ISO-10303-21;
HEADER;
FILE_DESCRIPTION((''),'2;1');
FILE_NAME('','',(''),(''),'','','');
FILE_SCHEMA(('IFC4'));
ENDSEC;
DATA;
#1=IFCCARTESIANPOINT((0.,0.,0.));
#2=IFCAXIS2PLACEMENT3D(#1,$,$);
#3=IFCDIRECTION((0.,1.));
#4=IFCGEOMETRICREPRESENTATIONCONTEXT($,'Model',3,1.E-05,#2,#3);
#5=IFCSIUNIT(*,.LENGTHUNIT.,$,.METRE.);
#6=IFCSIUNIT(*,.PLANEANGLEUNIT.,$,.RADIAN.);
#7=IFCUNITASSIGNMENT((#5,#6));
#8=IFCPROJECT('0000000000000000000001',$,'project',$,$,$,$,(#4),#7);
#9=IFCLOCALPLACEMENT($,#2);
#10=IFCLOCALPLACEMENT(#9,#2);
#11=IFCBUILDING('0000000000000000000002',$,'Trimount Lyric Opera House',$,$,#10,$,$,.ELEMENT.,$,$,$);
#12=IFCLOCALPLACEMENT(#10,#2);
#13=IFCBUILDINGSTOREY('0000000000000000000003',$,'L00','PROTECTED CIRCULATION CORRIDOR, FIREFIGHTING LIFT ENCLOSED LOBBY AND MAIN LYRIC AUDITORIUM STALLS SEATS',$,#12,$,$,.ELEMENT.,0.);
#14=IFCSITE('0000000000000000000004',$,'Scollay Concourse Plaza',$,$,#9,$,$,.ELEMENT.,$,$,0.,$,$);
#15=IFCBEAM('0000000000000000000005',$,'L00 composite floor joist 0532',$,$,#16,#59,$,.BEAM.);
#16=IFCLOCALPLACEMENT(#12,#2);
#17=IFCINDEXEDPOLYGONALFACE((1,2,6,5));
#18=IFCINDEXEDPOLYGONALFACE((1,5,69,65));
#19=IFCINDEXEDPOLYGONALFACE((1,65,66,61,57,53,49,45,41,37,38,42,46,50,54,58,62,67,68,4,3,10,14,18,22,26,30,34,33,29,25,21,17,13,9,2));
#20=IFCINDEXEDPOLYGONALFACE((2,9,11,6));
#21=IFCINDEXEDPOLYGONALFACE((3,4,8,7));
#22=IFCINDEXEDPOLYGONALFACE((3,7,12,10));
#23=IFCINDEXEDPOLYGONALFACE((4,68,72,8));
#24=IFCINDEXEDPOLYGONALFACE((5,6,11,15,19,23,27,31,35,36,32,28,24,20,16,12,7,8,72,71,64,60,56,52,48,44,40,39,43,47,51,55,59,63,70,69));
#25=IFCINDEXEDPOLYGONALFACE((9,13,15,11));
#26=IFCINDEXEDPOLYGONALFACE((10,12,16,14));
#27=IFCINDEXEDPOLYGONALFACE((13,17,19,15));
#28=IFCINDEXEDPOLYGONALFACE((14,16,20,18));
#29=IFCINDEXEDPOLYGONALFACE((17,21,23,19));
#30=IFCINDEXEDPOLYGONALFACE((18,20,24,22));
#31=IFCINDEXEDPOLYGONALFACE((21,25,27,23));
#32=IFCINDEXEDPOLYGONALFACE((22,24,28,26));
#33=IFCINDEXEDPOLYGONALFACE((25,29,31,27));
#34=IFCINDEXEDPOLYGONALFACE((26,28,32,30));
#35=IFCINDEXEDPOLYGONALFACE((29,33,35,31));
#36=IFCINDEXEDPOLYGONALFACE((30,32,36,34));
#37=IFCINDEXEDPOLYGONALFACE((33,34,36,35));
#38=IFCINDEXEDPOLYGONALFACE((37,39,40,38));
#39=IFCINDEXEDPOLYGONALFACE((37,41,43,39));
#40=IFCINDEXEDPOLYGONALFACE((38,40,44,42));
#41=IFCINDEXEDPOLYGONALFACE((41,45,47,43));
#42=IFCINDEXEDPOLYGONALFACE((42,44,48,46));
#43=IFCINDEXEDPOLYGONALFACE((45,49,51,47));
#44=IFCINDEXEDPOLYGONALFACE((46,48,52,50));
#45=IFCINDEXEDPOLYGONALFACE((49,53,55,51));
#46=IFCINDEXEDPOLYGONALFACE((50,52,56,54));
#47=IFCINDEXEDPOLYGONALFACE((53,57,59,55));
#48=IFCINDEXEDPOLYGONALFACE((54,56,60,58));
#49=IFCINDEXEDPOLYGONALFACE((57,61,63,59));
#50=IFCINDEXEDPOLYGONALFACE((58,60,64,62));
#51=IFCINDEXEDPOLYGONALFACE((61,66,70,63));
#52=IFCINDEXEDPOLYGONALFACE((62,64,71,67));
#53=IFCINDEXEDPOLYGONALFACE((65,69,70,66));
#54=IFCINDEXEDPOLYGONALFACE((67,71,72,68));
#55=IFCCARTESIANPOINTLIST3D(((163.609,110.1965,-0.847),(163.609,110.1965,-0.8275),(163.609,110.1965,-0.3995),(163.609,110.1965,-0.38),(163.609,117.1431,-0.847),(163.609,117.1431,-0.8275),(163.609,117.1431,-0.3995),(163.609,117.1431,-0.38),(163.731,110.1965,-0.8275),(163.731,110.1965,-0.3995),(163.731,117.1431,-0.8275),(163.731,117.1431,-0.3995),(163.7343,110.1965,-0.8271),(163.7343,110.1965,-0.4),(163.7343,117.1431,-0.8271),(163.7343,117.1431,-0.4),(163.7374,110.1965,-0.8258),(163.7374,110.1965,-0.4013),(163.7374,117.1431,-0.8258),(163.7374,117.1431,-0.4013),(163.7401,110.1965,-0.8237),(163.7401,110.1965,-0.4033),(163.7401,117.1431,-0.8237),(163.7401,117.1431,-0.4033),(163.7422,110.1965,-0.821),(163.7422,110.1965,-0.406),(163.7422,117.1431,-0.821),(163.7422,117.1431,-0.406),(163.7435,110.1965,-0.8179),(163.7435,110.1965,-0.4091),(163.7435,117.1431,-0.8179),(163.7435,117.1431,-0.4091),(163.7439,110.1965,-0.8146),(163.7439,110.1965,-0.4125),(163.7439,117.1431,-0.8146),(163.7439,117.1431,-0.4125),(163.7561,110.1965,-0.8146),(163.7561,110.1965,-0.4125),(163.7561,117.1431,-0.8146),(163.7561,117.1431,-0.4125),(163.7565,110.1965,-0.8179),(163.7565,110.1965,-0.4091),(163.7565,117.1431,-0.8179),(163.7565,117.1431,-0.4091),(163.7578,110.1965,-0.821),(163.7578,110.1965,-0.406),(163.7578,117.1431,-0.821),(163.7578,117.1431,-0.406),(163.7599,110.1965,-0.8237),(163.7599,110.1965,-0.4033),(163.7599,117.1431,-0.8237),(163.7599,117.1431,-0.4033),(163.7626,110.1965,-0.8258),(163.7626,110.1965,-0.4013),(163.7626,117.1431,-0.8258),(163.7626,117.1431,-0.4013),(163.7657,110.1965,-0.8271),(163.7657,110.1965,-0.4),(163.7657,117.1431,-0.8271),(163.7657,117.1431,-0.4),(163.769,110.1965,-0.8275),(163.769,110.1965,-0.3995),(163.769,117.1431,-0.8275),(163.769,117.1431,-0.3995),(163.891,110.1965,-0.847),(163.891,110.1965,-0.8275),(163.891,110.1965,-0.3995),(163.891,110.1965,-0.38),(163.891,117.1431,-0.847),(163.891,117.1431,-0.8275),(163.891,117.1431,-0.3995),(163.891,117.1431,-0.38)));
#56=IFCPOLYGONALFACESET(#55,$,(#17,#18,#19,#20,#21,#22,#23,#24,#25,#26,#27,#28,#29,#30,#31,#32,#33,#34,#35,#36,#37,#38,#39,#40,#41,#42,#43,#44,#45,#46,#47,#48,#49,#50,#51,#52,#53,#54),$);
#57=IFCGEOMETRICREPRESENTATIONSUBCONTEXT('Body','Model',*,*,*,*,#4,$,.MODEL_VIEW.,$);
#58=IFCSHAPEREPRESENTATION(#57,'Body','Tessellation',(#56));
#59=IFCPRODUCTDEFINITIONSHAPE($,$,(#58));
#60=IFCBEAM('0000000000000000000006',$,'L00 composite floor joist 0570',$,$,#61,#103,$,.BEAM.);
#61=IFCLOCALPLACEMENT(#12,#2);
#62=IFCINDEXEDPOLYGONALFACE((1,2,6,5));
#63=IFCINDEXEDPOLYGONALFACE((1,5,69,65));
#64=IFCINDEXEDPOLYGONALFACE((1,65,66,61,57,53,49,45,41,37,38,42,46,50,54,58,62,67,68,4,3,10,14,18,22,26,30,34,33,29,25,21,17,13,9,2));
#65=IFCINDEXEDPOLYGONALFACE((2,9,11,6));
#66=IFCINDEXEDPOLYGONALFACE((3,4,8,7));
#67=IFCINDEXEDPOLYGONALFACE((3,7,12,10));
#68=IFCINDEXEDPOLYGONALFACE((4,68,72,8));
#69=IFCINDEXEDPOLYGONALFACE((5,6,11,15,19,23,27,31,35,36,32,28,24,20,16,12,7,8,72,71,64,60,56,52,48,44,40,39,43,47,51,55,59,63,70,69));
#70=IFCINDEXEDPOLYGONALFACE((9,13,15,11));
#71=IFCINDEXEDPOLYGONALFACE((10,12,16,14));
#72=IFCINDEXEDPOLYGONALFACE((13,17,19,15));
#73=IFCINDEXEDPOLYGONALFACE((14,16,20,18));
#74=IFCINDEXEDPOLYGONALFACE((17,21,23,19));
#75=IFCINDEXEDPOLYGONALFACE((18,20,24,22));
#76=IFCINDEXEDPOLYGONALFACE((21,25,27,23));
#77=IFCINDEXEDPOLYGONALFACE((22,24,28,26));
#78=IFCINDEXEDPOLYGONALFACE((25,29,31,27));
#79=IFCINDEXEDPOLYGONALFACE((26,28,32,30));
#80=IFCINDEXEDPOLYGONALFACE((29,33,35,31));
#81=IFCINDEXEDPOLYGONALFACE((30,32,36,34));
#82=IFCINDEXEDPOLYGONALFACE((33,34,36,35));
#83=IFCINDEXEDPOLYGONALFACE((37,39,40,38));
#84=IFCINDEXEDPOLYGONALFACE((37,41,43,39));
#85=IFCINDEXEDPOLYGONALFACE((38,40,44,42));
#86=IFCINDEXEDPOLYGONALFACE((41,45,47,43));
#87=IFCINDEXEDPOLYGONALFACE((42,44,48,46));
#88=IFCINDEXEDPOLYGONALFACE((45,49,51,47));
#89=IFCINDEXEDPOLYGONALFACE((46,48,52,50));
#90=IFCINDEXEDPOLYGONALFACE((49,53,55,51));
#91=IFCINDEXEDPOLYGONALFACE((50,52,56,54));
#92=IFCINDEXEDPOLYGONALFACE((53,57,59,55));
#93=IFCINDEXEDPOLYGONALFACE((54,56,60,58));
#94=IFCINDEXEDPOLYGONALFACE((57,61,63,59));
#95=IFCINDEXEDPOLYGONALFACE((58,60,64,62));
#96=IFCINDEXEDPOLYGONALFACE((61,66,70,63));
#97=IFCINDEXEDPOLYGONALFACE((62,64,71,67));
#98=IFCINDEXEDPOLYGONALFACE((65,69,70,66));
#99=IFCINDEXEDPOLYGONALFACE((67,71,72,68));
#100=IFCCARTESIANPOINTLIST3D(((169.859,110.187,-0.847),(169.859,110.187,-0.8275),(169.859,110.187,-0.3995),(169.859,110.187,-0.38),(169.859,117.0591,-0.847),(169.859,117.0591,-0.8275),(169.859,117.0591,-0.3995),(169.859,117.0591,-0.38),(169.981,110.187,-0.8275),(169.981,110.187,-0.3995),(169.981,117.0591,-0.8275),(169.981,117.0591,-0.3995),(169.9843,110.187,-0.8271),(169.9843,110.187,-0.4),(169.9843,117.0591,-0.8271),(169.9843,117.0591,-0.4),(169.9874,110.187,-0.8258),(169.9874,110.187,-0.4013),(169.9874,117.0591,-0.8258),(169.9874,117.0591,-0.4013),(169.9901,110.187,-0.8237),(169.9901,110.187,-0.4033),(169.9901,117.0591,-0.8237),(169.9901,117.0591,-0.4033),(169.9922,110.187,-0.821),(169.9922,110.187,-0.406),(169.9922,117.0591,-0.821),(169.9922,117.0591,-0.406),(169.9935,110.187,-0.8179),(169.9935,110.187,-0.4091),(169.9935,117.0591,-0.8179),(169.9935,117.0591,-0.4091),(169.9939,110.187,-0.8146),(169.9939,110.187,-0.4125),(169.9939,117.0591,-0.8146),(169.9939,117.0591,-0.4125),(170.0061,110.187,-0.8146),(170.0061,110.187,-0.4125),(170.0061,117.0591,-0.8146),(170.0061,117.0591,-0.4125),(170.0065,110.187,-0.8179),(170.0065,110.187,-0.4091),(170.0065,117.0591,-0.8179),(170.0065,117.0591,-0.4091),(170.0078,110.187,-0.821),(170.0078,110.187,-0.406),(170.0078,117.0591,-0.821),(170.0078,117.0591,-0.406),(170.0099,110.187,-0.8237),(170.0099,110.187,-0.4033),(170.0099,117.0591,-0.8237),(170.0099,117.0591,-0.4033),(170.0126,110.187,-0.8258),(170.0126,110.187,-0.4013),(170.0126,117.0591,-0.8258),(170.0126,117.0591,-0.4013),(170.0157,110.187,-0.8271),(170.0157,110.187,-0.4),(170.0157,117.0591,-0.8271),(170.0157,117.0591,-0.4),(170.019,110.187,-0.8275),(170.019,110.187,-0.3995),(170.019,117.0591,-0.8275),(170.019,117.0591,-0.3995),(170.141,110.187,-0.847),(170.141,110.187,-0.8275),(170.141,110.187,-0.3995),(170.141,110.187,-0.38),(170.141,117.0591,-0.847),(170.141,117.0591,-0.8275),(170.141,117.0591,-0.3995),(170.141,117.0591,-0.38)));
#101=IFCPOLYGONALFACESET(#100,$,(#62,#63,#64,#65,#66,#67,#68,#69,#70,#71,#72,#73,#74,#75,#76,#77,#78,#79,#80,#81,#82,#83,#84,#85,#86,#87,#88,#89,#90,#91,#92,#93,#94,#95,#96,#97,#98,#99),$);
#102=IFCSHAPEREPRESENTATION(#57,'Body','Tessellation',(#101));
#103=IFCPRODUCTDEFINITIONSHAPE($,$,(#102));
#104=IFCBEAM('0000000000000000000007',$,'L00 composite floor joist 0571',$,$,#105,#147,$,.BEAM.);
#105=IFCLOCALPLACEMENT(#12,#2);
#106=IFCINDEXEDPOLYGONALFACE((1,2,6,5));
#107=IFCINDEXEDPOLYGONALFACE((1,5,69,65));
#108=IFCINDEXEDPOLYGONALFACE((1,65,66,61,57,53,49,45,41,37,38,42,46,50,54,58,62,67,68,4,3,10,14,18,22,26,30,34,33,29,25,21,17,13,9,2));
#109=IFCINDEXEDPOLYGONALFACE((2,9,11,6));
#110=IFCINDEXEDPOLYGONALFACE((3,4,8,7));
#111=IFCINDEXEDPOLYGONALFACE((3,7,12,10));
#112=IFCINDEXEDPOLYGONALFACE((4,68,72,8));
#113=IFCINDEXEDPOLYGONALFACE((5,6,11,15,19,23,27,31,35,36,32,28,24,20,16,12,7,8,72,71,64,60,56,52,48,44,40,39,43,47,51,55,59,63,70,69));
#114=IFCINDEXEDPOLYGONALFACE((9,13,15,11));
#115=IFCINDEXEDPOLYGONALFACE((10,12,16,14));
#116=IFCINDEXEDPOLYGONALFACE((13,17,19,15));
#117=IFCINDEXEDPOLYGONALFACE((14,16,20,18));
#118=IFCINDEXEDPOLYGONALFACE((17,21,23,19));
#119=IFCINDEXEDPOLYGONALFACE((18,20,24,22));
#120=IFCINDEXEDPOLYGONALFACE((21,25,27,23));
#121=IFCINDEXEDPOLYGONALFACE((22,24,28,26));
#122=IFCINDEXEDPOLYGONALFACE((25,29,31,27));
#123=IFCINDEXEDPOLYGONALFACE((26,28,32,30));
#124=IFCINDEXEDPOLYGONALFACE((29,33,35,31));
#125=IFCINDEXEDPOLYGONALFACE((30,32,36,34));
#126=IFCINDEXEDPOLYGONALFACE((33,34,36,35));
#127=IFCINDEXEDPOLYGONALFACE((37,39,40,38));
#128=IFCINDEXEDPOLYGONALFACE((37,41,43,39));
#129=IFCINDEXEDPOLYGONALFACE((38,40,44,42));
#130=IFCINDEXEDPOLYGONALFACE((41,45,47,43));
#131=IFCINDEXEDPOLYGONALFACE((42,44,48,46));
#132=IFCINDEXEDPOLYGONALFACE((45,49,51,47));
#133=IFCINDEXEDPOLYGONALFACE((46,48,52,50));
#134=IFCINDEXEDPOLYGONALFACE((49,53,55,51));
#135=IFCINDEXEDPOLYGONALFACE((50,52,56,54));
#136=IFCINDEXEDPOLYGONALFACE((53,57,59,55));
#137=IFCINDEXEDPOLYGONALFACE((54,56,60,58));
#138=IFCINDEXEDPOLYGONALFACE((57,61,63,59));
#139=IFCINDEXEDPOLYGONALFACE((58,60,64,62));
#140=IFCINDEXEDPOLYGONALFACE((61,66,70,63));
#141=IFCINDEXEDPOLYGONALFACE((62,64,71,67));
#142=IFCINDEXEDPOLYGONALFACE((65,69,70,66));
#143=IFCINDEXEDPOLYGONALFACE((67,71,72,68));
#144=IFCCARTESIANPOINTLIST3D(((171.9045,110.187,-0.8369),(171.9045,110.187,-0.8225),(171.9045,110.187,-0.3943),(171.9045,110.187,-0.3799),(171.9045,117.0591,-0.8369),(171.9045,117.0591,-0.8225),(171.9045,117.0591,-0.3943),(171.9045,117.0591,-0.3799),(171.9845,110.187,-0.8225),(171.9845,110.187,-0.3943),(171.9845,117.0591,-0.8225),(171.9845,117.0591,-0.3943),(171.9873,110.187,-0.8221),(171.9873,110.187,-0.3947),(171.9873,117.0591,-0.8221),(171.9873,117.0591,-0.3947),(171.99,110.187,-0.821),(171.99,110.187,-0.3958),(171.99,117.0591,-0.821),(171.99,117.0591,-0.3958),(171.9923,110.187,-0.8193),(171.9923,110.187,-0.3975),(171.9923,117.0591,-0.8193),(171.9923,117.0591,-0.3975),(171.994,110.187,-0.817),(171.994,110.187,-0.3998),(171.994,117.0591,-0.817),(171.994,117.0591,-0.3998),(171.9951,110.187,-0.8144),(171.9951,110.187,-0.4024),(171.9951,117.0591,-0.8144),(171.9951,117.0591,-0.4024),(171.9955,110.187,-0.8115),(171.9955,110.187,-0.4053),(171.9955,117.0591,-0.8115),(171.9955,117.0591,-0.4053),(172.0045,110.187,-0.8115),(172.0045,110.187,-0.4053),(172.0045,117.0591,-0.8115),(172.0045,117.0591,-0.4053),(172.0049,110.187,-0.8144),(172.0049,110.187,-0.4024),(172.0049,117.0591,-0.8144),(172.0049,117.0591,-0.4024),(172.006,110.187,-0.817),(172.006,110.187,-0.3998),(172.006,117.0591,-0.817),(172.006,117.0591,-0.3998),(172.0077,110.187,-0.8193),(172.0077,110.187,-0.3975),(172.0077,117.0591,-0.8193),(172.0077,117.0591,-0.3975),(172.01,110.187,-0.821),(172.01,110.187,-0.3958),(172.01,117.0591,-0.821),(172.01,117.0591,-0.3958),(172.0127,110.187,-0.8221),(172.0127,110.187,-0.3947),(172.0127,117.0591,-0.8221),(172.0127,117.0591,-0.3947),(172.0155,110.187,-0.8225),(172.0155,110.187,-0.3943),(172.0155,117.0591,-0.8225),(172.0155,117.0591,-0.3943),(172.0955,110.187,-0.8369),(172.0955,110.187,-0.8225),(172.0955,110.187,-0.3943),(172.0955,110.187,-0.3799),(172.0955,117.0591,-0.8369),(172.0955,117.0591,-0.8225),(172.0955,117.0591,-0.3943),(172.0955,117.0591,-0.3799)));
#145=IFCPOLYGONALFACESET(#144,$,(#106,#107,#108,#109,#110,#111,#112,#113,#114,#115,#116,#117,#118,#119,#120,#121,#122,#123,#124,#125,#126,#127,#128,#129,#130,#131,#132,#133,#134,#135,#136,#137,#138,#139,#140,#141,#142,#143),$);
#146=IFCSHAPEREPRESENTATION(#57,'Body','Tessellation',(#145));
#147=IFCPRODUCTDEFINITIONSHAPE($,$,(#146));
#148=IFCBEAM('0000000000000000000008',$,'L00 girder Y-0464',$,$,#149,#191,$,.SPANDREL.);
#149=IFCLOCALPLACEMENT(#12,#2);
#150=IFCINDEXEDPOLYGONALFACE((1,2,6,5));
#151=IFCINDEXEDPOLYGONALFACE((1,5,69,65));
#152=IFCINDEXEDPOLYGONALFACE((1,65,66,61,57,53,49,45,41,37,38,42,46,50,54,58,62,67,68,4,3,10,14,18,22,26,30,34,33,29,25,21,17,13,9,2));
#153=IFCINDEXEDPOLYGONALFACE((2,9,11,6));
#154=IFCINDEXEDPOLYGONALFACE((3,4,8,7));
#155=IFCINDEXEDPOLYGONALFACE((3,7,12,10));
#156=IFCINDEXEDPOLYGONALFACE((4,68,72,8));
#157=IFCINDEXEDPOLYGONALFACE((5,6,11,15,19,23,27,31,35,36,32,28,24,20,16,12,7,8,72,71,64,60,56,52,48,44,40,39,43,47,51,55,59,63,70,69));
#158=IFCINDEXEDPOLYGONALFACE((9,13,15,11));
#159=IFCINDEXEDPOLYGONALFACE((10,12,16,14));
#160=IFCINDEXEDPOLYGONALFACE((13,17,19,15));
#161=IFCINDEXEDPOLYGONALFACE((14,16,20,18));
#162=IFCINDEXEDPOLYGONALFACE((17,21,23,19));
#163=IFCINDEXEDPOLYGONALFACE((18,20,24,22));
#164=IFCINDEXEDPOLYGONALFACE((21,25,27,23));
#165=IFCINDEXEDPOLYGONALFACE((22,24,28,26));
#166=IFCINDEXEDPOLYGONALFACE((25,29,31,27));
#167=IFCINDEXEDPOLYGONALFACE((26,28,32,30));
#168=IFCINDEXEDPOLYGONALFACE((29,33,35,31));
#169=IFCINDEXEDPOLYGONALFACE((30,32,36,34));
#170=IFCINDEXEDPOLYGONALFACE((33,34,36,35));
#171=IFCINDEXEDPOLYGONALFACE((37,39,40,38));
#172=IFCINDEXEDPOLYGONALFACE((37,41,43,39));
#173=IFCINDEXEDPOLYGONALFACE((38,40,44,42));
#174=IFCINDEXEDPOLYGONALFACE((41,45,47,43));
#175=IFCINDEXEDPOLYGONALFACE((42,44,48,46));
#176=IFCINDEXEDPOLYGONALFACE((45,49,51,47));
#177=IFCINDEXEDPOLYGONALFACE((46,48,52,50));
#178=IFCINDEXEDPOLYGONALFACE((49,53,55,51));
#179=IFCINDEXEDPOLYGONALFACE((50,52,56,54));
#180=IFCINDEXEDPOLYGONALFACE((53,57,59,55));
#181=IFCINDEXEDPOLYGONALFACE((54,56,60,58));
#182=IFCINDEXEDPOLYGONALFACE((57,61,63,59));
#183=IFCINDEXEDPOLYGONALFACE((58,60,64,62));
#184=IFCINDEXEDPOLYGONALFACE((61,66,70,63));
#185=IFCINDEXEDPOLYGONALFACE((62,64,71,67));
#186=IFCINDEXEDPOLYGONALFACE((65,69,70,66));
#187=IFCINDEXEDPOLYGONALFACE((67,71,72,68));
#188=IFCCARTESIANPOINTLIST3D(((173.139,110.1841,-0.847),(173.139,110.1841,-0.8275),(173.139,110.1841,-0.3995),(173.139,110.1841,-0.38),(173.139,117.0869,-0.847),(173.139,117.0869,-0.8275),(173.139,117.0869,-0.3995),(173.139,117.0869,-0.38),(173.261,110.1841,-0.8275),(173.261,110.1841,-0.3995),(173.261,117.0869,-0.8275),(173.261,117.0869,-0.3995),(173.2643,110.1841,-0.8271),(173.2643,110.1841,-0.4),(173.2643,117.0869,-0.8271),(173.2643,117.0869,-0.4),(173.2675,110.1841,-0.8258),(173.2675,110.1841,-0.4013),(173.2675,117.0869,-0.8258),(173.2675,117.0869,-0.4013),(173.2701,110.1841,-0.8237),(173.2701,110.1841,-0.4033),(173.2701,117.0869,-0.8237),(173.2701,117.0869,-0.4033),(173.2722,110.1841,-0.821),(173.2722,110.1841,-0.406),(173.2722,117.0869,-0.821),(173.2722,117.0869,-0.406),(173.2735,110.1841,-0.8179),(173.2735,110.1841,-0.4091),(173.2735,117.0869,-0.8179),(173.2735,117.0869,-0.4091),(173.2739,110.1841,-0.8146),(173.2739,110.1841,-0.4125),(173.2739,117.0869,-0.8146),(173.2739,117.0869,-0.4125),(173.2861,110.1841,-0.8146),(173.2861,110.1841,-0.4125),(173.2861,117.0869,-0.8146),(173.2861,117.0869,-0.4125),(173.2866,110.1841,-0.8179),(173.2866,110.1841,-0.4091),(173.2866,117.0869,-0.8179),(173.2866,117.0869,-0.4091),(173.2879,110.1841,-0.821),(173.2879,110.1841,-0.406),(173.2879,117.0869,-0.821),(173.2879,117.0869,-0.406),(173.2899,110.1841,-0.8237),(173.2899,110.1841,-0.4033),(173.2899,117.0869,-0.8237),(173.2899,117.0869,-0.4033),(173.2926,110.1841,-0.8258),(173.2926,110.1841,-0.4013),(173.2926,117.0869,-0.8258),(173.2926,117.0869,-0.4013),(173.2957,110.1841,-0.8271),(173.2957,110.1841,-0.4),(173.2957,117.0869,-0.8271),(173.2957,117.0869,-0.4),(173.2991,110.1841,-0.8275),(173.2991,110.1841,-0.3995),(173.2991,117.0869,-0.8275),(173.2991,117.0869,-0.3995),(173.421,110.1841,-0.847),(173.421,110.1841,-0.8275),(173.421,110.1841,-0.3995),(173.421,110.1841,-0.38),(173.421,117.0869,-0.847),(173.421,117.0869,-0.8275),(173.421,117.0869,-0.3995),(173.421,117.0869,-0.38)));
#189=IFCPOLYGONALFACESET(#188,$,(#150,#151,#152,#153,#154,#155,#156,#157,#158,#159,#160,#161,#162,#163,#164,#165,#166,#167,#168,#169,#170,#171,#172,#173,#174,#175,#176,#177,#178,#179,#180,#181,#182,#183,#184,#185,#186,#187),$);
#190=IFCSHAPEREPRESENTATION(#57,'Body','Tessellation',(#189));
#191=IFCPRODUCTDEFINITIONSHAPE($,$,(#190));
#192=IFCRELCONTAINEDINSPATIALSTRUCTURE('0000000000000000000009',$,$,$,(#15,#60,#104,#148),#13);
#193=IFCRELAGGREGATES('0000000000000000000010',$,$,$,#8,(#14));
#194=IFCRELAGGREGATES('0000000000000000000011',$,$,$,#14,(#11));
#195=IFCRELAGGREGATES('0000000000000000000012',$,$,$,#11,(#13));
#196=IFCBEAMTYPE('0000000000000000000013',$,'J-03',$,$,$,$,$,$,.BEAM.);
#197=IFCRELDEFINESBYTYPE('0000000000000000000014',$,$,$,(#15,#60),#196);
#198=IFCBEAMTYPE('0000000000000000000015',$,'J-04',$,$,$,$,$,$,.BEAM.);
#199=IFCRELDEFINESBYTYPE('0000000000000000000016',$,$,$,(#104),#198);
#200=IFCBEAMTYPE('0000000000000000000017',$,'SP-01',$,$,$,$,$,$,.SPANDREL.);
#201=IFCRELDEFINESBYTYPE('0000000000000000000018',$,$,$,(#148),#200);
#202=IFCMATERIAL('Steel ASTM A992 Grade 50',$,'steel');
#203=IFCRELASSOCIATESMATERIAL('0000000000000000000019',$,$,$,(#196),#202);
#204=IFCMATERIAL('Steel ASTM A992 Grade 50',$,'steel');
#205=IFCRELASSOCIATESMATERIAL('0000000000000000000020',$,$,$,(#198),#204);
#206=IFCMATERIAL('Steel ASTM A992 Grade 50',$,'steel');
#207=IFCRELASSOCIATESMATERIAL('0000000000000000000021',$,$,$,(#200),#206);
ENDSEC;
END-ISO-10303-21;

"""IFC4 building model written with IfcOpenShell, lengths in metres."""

from ifc_helpers import new_model, si_unit, direction, frame, origin, origin_2d, place, context, subcontext, project, spatial, i_section, extrude, material, material_profile, profile_set, type_object, element, save


model = new_model("IFC4")

# Units and contexts
model_context = context("Model", 3, precision=1e-05, world=origin(), true_north=direction((0.0, 1.0)))
body_context = subcontext(model_context, "Body", "Model", "MODEL_VIEW")
ifc_project = project(units=[si_unit("LENGTHUNIT", "METRE"), si_unit("PLANEANGLEUNIT", "RADIAN")], contexts=[model_context])

# Site, building, storey
site_placement = place(None, origin())
site = spatial("IfcSite", under=ifc_project, at=site_placement, Name="Scollay Concourse Plaza", CompositionType="ELEMENT", RefElevation=0.0)
building_placement = place(site_placement, origin())
building = spatial("IfcBuilding", under=site, at=building_placement, Name="Trimount Lyric Opera House", CompositionType="ELEMENT")
storey_placement = place(building_placement, origin())
storey = spatial("IfcBuildingStorey", under=building, at=storey_placement, Name="L00", Description="PROTECTED CIRCULATION CORRIDOR, FIREFIGHTING LIFT ENCLOSED LOBBY AND MAIN LYRIC AUDITORIUM STALLS SEATS", CompositionType="ELEMENT", Elevation=0.0)

# Beams
ifc_material_1 = material(Name="Steel ASTM A992 Grade 50", Category="steel")
ifc_material_profile_1 = material_profile(ifc_material_1, i_section(OverallWidth=0.282, OverallDepth=0.467, WebThickness=0.0122, FlangeThickness=0.0195, FilletRadius=0.0129, at=origin_2d()), Name="W18X86")
ifc_profile_set_1 = profile_set([ifc_material_profile_1], Name="Steel ASTM A992 Grade 50")
beam_type_1 = type_object("IfcBeamType", Name="J-03", PredefinedType="BEAM", material=ifc_profile_set_1)
beam_1_placement = place(storey_placement, frame((163.75, 110.1965, -0.6135), z_axis=(0.0, 1.0, 0.0), x_axis=(-1.0, 0.0, 0.0)))
element("IfcBeam", 1, at=beam_1_placement, inside=storey, type_object=beam_type_1, Name="L00 composite floor joist 0532", PredefinedType="BEAM", context=body_context, shape_type="SweptSolid", body=[
    extrude(i_section(OverallWidth=0.282, OverallDepth=0.467, WebThickness=0.0122, FlangeThickness=0.0195, FilletRadius=0.0129, at=origin_2d()), origin(), (0.0, 0.0, 1.0), 6.9465),
])
beam_2_placement = place(storey_placement, frame((170.0, 110.187, -0.6135), z_axis=(0.0, 1.0, 0.0), x_axis=(-1.0, 0.0, 0.0)))
element("IfcBeam", 2, at=beam_2_placement, inside=storey, type_object=beam_type_1, Name="L00 composite floor joist 0570", PredefinedType="BEAM", context=body_context, shape_type="SweptSolid", body=[
    extrude(i_section(OverallWidth=0.282, OverallDepth=0.467, WebThickness=0.0122, FlangeThickness=0.0195, FilletRadius=0.0129, at=origin_2d()), origin(), (0.0, 0.0, 1.0), 6.8721),
])
ifc_material_2 = material(Name="Steel ASTM A992 Grade 50", Category="steel")
ifc_material_profile_2 = material_profile(ifc_material_2, i_section(OverallWidth=0.1909, OverallDepth=0.457, WebThickness=0.009, FlangeThickness=0.0144, FilletRadius=0.011, at=origin_2d()), Name="W18X50")
ifc_profile_set_2 = profile_set([ifc_material_profile_2], Name="Steel ASTM A992 Grade 50")
beam_type_2 = type_object("IfcBeamType", Name="J-04", PredefinedType="BEAM", material=ifc_profile_set_2)
beam_3_placement = place(storey_placement, frame((172.0, 110.187, -0.6084), z_axis=(0.0, 1.0, 0.0), x_axis=(-1.0, 0.0, 0.0)))
element("IfcBeam", 3, at=beam_3_placement, inside=storey, type_object=beam_type_2, Name="L00 composite floor joist 0571", PredefinedType="BEAM", context=body_context, shape_type="SweptSolid", body=[
    extrude(i_section(OverallWidth=0.1909, OverallDepth=0.457, WebThickness=0.009, FlangeThickness=0.0144, FilletRadius=0.011, at=origin_2d()), origin(), (0.0, 0.0, 1.0), 6.8721),
])
ifc_material_3 = material(Name="Steel ASTM A992 Grade 50", Category="steel")
ifc_material_profile_3 = material_profile(ifc_material_3, i_section(OverallWidth=0.282, OverallDepth=0.467, WebThickness=0.0122, FlangeThickness=0.0195, FilletRadius=0.0129, at=origin_2d()), Name="W18X86")
ifc_profile_set_3 = profile_set([ifc_material_profile_3], Name="Steel ASTM A992 Grade 50")
beam_type_3 = type_object("IfcBeamType", Name="SP-01", PredefinedType="SPANDREL", material=ifc_profile_set_3)
beam_4_placement = place(storey_placement, frame((173.28, 110.1841, -0.6135), z_axis=(0.0, 1.0, 0.0), x_axis=(-1.0, 0.0, 0.0)))
element("IfcBeam", 4, at=beam_4_placement, inside=storey, type_object=beam_type_3, Name="L00 girder Y-0464", PredefinedType="SPANDREL", context=body_context, shape_type="SweptSolid", body=[
    extrude(i_section(OverallWidth=0.282, OverallDepth=0.467, WebThickness=0.0122, FlangeThickness=0.0195, FilletRadius=0.0129, at=origin_2d()), origin(), (0.0, 0.0, 1.0), 6.9028),
])

save(model, "model.ifc")
